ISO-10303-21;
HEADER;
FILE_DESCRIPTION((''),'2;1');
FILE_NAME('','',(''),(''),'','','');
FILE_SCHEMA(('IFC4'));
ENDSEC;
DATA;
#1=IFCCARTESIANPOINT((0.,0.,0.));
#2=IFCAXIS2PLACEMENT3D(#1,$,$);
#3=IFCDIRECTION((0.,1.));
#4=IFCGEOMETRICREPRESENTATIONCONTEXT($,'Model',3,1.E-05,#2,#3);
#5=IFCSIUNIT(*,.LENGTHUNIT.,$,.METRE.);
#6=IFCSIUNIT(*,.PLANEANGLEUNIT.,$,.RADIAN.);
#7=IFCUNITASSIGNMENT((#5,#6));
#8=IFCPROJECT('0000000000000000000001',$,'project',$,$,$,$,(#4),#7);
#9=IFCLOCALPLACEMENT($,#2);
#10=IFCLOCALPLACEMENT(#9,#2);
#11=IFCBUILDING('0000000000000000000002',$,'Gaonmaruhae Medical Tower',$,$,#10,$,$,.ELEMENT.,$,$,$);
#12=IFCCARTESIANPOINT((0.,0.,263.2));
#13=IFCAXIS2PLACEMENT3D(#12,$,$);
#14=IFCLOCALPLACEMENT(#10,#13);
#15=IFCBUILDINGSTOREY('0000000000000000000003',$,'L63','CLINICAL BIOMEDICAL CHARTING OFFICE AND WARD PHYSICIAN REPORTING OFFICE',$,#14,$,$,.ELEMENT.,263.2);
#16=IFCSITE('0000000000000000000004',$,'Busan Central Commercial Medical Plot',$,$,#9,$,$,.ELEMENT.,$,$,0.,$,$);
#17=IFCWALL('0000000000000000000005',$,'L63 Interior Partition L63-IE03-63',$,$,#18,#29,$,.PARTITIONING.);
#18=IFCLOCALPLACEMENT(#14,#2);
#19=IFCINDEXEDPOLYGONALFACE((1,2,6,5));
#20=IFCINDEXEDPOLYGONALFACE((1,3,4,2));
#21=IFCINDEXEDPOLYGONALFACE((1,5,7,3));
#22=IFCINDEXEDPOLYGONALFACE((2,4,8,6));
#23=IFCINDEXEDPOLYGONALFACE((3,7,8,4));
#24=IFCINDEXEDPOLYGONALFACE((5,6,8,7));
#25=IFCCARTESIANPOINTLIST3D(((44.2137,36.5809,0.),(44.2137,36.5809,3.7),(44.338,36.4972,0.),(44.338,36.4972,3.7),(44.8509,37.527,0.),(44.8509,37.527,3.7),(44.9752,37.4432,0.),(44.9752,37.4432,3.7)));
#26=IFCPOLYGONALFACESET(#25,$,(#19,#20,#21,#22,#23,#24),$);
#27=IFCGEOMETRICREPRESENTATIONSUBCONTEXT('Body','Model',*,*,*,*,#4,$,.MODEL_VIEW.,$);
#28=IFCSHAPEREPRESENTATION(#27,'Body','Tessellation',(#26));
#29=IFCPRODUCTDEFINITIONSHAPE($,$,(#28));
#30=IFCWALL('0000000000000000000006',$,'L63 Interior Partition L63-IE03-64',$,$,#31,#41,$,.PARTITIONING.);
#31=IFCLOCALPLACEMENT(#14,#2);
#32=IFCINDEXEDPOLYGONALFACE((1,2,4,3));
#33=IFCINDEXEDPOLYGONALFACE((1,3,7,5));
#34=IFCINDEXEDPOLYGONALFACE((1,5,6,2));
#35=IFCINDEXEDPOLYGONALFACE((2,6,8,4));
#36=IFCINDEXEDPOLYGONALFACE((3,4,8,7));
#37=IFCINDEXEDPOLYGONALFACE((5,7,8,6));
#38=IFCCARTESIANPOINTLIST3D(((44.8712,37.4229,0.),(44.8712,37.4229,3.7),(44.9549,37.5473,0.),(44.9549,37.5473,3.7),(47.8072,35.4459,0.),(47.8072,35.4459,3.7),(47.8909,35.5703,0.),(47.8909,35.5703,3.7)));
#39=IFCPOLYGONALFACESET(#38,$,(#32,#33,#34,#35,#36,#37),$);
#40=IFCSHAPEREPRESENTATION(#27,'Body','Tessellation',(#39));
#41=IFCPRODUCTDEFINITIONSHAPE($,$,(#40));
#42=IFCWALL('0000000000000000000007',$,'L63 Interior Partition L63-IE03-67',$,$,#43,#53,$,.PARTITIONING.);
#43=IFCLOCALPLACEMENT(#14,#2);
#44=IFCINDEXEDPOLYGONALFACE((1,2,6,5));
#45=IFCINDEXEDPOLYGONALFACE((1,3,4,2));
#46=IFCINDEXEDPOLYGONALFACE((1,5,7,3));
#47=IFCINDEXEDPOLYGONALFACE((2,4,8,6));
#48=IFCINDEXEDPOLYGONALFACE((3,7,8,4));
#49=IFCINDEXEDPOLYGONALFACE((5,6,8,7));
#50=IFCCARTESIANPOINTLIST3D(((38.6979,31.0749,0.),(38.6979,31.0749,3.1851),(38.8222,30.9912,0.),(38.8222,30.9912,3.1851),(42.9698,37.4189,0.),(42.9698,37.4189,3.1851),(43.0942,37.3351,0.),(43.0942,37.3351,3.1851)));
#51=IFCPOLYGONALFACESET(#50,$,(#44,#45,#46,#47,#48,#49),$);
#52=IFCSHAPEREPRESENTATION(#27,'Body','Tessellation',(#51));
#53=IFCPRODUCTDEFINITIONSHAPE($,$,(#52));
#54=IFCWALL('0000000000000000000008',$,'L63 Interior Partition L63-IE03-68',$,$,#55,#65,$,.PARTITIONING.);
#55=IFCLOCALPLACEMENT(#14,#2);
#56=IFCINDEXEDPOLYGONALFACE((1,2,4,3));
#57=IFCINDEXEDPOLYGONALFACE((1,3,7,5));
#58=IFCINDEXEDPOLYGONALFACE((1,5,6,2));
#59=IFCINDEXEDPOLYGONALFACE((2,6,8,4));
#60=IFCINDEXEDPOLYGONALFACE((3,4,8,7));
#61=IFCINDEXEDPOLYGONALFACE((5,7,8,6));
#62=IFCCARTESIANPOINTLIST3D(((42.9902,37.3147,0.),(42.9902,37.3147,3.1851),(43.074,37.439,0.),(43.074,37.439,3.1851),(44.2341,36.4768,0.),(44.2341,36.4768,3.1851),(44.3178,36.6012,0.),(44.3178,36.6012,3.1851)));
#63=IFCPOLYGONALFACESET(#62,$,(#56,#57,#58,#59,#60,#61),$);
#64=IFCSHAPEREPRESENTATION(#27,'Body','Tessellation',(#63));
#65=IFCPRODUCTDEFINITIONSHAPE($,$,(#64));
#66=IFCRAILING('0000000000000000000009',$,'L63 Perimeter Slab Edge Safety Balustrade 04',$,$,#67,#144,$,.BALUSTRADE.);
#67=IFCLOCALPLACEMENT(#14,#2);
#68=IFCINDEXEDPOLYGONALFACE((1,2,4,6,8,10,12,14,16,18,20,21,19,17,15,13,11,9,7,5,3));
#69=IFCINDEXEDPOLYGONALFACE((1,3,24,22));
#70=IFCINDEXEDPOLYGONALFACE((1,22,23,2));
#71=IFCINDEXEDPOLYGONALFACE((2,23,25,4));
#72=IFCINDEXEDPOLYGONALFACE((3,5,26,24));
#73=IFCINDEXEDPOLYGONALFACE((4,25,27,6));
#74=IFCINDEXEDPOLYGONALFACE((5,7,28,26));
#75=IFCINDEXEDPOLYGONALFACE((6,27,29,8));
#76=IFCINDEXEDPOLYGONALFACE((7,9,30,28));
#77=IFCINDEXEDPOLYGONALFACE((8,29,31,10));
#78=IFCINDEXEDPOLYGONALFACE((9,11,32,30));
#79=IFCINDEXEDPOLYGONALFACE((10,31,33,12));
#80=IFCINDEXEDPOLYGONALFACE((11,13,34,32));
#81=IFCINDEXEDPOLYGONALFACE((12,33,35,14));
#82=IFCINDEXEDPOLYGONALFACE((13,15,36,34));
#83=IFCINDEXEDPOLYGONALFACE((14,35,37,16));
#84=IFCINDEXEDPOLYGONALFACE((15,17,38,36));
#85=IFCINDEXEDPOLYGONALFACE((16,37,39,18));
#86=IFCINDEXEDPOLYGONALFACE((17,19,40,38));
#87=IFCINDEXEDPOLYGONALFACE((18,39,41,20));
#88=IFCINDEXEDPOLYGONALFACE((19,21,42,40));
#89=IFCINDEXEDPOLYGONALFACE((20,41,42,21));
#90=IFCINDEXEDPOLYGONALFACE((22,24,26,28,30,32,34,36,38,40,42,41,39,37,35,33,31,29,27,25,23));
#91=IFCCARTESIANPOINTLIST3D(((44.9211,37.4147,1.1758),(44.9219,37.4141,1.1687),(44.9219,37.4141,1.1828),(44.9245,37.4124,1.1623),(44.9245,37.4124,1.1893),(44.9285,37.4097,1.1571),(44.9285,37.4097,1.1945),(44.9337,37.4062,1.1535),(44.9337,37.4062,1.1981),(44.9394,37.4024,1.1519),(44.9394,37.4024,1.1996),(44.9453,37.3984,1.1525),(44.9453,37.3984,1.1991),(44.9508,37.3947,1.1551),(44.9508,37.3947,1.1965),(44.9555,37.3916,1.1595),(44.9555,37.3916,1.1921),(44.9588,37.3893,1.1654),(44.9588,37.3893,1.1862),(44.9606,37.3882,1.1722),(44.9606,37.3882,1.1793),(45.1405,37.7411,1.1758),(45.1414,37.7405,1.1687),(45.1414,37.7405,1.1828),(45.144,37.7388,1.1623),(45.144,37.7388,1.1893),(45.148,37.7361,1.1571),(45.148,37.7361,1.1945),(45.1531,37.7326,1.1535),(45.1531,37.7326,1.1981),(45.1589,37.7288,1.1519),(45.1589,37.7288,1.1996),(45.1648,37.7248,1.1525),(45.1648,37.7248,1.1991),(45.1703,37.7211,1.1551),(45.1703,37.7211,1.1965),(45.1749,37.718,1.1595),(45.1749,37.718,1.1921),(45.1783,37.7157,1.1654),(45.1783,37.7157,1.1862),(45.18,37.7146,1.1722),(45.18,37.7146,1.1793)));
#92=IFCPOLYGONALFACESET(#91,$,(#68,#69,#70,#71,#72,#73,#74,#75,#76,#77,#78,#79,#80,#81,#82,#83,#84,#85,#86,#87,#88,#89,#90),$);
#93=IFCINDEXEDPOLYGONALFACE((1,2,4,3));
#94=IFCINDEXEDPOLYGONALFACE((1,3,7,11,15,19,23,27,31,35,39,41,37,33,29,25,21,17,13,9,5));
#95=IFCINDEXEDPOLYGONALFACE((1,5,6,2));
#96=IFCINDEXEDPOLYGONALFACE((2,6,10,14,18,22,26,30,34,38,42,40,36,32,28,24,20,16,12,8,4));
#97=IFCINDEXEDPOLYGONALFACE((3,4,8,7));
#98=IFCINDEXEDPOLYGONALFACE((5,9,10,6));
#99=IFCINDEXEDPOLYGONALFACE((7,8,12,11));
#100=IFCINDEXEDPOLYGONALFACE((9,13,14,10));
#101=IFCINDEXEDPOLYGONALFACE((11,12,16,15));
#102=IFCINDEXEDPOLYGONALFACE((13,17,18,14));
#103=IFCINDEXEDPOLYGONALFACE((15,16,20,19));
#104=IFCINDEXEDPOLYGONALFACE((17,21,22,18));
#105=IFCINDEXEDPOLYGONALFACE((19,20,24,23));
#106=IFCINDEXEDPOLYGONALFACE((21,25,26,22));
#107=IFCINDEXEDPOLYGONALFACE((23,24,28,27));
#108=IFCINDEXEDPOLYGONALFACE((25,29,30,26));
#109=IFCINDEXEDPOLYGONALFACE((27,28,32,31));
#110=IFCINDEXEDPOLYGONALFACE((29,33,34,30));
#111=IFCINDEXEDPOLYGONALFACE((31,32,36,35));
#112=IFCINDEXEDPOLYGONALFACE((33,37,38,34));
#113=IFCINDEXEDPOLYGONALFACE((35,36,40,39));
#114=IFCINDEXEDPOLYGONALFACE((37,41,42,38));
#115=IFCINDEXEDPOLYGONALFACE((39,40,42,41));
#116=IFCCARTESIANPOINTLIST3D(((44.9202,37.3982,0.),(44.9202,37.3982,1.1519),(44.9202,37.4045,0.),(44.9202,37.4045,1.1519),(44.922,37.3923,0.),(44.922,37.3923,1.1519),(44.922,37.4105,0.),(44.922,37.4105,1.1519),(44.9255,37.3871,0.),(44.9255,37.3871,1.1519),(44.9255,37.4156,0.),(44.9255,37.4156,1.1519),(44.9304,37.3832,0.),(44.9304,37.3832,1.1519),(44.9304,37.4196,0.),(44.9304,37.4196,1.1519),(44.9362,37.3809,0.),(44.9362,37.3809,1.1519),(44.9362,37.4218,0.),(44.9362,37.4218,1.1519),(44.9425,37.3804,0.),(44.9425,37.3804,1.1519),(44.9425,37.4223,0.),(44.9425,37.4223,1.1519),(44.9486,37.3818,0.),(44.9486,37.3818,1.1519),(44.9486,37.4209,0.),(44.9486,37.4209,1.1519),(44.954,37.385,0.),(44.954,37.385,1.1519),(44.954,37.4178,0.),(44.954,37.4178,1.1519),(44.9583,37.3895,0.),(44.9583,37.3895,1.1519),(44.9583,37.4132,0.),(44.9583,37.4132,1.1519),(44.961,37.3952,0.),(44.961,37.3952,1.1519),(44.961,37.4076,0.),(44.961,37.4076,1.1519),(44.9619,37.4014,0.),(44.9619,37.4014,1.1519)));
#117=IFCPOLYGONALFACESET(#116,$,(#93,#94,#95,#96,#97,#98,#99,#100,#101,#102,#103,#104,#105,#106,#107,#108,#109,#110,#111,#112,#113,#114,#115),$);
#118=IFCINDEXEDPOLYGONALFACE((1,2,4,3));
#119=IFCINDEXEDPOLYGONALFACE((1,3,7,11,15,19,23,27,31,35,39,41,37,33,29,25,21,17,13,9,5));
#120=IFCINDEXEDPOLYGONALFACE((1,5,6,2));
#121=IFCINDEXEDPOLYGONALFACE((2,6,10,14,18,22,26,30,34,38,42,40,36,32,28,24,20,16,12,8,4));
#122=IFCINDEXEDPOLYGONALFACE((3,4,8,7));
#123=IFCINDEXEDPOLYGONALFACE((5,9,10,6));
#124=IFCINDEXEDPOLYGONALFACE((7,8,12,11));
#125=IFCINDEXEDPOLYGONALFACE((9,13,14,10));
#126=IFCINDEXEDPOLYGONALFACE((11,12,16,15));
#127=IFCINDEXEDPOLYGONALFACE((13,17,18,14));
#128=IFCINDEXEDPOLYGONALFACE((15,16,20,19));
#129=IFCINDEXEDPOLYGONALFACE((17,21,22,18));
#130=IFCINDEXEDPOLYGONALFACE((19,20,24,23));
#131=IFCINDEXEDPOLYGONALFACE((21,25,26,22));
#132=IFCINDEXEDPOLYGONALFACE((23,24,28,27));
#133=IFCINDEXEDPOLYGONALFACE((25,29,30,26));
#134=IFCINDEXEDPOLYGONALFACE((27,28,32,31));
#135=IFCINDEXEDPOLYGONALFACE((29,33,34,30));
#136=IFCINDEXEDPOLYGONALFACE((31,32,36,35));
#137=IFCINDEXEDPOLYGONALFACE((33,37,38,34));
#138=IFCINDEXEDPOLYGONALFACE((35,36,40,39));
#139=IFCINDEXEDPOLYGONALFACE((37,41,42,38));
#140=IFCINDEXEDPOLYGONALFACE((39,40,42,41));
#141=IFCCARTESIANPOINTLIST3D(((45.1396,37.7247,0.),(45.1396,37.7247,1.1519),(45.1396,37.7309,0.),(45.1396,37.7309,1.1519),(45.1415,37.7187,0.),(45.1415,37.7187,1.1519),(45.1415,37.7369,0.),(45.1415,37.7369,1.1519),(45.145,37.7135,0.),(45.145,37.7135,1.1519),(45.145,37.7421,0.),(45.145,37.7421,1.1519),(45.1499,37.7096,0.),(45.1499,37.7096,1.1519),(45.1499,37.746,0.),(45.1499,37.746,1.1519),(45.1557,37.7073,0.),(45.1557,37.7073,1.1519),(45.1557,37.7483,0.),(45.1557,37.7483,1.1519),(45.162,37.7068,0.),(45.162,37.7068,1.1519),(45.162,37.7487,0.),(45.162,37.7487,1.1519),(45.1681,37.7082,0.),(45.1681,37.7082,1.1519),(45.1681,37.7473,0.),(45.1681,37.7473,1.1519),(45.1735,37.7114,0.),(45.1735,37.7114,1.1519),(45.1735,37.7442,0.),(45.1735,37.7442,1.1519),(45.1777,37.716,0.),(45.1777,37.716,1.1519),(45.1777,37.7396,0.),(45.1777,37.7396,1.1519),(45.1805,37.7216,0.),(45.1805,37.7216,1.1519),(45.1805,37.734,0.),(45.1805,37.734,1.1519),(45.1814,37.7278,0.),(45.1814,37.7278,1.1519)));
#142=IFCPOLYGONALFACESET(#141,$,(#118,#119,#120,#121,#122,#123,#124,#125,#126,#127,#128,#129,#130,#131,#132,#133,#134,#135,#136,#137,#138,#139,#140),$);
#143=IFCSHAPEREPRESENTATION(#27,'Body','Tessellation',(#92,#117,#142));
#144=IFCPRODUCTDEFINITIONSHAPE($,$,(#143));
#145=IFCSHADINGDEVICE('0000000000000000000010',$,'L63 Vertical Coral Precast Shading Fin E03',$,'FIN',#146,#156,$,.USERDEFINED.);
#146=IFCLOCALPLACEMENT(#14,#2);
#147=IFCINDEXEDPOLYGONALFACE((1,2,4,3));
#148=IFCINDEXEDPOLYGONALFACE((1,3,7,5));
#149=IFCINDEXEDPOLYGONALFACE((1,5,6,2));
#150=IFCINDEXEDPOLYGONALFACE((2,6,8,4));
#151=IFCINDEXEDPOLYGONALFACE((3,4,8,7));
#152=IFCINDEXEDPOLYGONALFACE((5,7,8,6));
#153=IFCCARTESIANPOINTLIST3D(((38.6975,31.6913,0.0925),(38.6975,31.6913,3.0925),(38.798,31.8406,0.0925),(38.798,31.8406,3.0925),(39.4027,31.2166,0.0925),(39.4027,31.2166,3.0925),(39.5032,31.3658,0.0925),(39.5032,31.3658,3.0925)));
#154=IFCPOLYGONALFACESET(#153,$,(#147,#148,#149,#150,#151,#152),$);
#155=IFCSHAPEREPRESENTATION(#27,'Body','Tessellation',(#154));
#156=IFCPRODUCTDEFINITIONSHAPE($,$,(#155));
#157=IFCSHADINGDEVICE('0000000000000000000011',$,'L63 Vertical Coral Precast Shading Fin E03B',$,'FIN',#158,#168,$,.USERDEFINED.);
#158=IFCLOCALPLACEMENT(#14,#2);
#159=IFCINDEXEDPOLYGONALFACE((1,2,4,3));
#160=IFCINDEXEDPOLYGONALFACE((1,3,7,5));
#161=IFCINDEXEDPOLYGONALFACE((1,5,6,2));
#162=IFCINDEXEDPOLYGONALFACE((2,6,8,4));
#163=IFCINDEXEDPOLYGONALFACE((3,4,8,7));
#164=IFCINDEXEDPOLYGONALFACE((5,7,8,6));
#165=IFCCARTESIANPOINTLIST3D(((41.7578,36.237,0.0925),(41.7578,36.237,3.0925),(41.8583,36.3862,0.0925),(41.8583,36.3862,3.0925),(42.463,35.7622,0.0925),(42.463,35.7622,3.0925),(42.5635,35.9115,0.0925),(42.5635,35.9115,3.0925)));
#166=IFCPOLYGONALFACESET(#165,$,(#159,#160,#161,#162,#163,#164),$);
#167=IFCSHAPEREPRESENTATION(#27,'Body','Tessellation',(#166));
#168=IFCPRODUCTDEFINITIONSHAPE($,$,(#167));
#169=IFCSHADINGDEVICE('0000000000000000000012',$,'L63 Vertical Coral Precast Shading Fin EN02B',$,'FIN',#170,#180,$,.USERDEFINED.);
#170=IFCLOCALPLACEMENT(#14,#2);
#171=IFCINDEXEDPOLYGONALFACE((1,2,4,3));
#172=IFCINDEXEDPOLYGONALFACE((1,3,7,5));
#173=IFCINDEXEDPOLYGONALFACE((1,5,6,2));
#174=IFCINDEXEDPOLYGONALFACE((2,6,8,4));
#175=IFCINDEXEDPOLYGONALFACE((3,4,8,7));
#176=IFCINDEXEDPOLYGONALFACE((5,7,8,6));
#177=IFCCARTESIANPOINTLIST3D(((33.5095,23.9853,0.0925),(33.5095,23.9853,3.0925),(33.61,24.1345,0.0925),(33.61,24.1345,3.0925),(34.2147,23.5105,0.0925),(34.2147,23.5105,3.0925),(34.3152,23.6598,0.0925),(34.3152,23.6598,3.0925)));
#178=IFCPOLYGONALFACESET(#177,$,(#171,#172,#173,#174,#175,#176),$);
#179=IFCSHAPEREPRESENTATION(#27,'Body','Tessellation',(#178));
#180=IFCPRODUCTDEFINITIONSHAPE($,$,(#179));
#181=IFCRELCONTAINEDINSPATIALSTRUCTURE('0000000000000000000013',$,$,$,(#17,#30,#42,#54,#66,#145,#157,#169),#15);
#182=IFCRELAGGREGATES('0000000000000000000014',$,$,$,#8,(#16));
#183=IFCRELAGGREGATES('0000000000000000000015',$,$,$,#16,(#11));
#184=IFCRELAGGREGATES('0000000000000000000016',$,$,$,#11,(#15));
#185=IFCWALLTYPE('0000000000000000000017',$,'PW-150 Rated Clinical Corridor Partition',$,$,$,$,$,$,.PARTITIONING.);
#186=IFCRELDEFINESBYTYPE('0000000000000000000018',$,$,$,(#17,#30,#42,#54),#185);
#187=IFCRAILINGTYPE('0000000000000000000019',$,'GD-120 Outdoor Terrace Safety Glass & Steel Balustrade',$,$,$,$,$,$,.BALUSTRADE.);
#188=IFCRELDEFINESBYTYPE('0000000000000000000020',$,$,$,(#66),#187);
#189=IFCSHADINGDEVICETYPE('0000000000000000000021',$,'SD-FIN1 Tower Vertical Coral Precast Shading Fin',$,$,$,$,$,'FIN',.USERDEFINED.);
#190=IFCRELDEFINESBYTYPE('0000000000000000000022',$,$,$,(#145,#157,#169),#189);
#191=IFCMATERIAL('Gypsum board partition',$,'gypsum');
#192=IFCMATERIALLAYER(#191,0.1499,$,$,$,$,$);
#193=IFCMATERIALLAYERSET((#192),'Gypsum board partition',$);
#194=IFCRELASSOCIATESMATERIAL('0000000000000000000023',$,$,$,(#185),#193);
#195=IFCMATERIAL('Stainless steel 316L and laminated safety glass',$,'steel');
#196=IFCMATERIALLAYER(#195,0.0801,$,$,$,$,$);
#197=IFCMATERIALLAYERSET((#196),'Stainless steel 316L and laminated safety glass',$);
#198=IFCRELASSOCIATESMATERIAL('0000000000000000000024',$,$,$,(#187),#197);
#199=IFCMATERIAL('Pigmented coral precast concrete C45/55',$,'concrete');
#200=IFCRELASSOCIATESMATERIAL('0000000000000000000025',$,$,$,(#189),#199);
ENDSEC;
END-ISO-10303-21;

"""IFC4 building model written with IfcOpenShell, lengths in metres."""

from ifc_helpers import new_model, si_unit, direction, frame, frame_2d, origin, origin_2d, place, context, subcontext, project, spatial, rectangle, circle, extrude, material, layer, layer_set, type_object, element, save


model = new_model("IFC4")

# Units and contexts
model_context = context("Model", 3, precision=1e-05, world=origin(), true_north=direction((0.0, 1.0)))
body_context = subcontext(model_context, "Body", "Model", "MODEL_VIEW")
ifc_project = project(units=[si_unit("LENGTHUNIT", "METRE"), si_unit("PLANEANGLEUNIT", "RADIAN")], contexts=[model_context])

# Site, building, storey
site_placement = place(None, origin())
site = spatial("IfcSite", under=ifc_project, at=site_placement, Name="Busan Central Commercial Medical Plot", CompositionType="ELEMENT", RefElevation=0.0)
building_placement = place(site_placement, origin())
building = spatial("IfcBuilding", under=site, at=building_placement, Name="Gaonmaruhae Medical Tower", CompositionType="ELEMENT")
storey_placement = place(building_placement, frame((0.0, 0.0, 263.2)))
storey = spatial("IfcBuildingStorey", under=building, at=storey_placement, Name="L63", Description="CLINICAL BIOMEDICAL CHARTING OFFICE AND WARD PHYSICIAN REPORTING OFFICE", CompositionType="ELEMENT", Elevation=263.2)

# Shared definitions
ifc_material_1 = material(Name="Gypsum board partition", Category="gypsum")
ifc_layer_1 = layer(ifc_material_1, 0.1499)
ifc_layer_set_1 = layer_set([ifc_layer_1], Name="Gypsum board partition")
wall_type_1 = type_object("IfcWallType", Name="PW-150 Rated Clinical Corridor Partition", PredefinedType="PARTITIONING", material=ifc_layer_set_1)

# Walls
wall_1_placement = place(storey_placement, frame((44.2759, 36.5391, 0.0), z_axis=(0.0, 0.0, 1.0), x_axis=(0.558645, 0.829407, 0.0)))
element("IfcWall", 1, at=wall_1_placement, inside=storey, type_object=wall_type_1, Name="L63 Interior Partition L63-IE03-63", PredefinedType="PARTITIONING", context=body_context, shape_type="SweptSolid", body=[
    extrude(rectangle(XDim=1.1406, YDim=0.1499, at=frame_2d((0.5703, 0.0))), origin(), (0.0, 0.0, 1.0), 3.7),
])
wall_2_placement = place(storey_placement, frame((44.9131, 37.4851, 0.0), z_axis=(0.0, 0.0, 1.0), x_axis=(0.829473, -0.558546, 0.0)))
element("IfcWall", 2, at=wall_2_placement, inside=storey, type_object=wall_type_1, Name="L63 Interior Partition L63-IE03-64", PredefinedType="PARTITIONING", context=body_context, shape_type="SweptSolid", body=[
    extrude(rectangle(XDim=3.5396, YDim=0.1499, at=frame_2d((1.7698, 0.0))), origin(), (0.0, 0.0, 1.0), 3.7),
])
wall_3_placement = place(storey_placement, frame((38.76, 31.033, 0.0), z_axis=(0.0, 0.0, 1.0), x_axis=(0.558554, 0.829468, 0.0)))
element("IfcWall", 3, at=wall_3_placement, inside=storey, type_object=wall_type_1, Name="L63 Interior Partition L63-IE03-67", PredefinedType="PARTITIONING", context=body_context, shape_type="SweptSolid", body=[
    extrude(rectangle(XDim=7.6482, YDim=0.1499, at=frame_2d((3.8242, 0.0))), origin(), (0.0, 0.0, 1.0), 3.1851),
])
wall_4_placement = place(storey_placement, frame((43.032, 37.377, 0.0), z_axis=(0.0, 0.0, 1.0), x_axis=(0.829386, -0.558676, 0.0)))
element("IfcWall", 4, at=wall_4_placement, inside=storey, type_object=wall_type_1, Name="L63 Interior Partition L63-IE03-68", PredefinedType="PARTITIONING", context=body_context, shape_type="SweptSolid", body=[
    extrude(rectangle(XDim=1.4998, YDim=0.1499, at=frame_2d((0.75, 0.0))), origin(), (0.0, 0.0, 1.0), 3.1851),
])

# Railing
ifc_material_2 = material(Name="Stainless steel 316L and laminated safety glass", Category="steel")
ifc_layer_2 = layer(ifc_material_2, 0.0801)
ifc_layer_set_2 = layer_set([ifc_layer_2], Name="Stainless steel 316L and laminated safety glass")
railing_type = type_object("IfcRailingType", Name="GD-120 Outdoor Terrace Safety Glass & Steel Balustrade", PredefinedType="BALUSTRADE", material=ifc_layer_set_2)
railing_placement = place(storey_placement, frame((44.9409, 37.4014, 0.0)))
element("IfcRailing", 5, at=railing_placement, inside=storey, type_object=railing_type, Name="L63 Perimeter Slab Edge Safety Balustrade 04", PredefinedType="BALUSTRADE", context=body_context, shape_type="SweptSolid", body=[
    extrude(circle(Radius=0.0239, at=origin_2d()), frame((0.0, 0.0, 1.1758), z_axis=(0.55799, 0.829848, 0.0), x_axis=(-0.829848, 0.55799, 0.0)), (0.0, 0.0, 1.0), 0.3933),
    extrude(circle(Radius=0.021, at=origin_2d()), origin(), (0.0, 0.0, 1.0), 1.1519),
    extrude(circle(Radius=0.021, at=origin_2d()), frame((0.2195, 0.3264, 0.0)), (0.0, 0.0, 1.0), 1.1519),
])

# Shading devices
ifc_material_3 = material(Name="Pigmented coral precast concrete C45/55", Category="concrete")
shading_device_type = type_object("IfcShadingDeviceType", Name="SD-FIN1 Tower Vertical Coral Precast Shading Fin", ElementType="FIN", PredefinedType="USERDEFINED", material=ifc_material_3)
for number, where, z_axis, x_axis, name in (
    (6, (39.1003, 31.5286, 0.0925), (0.0, 0.0, 1.0), (0.558469, 0.829525, 0.0), "L63 Vertical Coral Precast Shading Fin E03"),
    (7, (42.1606, 36.0742, 0.0925), (0.0, 0.0, 1.0), (0.558469, 0.829525, 0.0), "L63 Vertical Coral Precast Shading Fin E03B"),
    (8, (33.9124, 23.8225, 0.0925), (0.0, 0.0, 1.0), (0.558469, 0.829525, 0.0), "L63 Vertical Coral Precast Shading Fin EN02B"),
):
    element("IfcShadingDevice", number, at=place(storey_placement, frame(where, z_axis=z_axis, x_axis=x_axis)), inside=storey, type_object=shading_device_type, Name=name, ObjectType="FIN", PredefinedType="USERDEFINED", context=body_context, shape_type="SweptSolid", body=[
        extrude(rectangle(XDim=0.1799, YDim=0.8501, at=origin_2d()), origin(), (0.0, 0.0, 1.0), 3.0),
    ])

save(model, "model.ifc")
